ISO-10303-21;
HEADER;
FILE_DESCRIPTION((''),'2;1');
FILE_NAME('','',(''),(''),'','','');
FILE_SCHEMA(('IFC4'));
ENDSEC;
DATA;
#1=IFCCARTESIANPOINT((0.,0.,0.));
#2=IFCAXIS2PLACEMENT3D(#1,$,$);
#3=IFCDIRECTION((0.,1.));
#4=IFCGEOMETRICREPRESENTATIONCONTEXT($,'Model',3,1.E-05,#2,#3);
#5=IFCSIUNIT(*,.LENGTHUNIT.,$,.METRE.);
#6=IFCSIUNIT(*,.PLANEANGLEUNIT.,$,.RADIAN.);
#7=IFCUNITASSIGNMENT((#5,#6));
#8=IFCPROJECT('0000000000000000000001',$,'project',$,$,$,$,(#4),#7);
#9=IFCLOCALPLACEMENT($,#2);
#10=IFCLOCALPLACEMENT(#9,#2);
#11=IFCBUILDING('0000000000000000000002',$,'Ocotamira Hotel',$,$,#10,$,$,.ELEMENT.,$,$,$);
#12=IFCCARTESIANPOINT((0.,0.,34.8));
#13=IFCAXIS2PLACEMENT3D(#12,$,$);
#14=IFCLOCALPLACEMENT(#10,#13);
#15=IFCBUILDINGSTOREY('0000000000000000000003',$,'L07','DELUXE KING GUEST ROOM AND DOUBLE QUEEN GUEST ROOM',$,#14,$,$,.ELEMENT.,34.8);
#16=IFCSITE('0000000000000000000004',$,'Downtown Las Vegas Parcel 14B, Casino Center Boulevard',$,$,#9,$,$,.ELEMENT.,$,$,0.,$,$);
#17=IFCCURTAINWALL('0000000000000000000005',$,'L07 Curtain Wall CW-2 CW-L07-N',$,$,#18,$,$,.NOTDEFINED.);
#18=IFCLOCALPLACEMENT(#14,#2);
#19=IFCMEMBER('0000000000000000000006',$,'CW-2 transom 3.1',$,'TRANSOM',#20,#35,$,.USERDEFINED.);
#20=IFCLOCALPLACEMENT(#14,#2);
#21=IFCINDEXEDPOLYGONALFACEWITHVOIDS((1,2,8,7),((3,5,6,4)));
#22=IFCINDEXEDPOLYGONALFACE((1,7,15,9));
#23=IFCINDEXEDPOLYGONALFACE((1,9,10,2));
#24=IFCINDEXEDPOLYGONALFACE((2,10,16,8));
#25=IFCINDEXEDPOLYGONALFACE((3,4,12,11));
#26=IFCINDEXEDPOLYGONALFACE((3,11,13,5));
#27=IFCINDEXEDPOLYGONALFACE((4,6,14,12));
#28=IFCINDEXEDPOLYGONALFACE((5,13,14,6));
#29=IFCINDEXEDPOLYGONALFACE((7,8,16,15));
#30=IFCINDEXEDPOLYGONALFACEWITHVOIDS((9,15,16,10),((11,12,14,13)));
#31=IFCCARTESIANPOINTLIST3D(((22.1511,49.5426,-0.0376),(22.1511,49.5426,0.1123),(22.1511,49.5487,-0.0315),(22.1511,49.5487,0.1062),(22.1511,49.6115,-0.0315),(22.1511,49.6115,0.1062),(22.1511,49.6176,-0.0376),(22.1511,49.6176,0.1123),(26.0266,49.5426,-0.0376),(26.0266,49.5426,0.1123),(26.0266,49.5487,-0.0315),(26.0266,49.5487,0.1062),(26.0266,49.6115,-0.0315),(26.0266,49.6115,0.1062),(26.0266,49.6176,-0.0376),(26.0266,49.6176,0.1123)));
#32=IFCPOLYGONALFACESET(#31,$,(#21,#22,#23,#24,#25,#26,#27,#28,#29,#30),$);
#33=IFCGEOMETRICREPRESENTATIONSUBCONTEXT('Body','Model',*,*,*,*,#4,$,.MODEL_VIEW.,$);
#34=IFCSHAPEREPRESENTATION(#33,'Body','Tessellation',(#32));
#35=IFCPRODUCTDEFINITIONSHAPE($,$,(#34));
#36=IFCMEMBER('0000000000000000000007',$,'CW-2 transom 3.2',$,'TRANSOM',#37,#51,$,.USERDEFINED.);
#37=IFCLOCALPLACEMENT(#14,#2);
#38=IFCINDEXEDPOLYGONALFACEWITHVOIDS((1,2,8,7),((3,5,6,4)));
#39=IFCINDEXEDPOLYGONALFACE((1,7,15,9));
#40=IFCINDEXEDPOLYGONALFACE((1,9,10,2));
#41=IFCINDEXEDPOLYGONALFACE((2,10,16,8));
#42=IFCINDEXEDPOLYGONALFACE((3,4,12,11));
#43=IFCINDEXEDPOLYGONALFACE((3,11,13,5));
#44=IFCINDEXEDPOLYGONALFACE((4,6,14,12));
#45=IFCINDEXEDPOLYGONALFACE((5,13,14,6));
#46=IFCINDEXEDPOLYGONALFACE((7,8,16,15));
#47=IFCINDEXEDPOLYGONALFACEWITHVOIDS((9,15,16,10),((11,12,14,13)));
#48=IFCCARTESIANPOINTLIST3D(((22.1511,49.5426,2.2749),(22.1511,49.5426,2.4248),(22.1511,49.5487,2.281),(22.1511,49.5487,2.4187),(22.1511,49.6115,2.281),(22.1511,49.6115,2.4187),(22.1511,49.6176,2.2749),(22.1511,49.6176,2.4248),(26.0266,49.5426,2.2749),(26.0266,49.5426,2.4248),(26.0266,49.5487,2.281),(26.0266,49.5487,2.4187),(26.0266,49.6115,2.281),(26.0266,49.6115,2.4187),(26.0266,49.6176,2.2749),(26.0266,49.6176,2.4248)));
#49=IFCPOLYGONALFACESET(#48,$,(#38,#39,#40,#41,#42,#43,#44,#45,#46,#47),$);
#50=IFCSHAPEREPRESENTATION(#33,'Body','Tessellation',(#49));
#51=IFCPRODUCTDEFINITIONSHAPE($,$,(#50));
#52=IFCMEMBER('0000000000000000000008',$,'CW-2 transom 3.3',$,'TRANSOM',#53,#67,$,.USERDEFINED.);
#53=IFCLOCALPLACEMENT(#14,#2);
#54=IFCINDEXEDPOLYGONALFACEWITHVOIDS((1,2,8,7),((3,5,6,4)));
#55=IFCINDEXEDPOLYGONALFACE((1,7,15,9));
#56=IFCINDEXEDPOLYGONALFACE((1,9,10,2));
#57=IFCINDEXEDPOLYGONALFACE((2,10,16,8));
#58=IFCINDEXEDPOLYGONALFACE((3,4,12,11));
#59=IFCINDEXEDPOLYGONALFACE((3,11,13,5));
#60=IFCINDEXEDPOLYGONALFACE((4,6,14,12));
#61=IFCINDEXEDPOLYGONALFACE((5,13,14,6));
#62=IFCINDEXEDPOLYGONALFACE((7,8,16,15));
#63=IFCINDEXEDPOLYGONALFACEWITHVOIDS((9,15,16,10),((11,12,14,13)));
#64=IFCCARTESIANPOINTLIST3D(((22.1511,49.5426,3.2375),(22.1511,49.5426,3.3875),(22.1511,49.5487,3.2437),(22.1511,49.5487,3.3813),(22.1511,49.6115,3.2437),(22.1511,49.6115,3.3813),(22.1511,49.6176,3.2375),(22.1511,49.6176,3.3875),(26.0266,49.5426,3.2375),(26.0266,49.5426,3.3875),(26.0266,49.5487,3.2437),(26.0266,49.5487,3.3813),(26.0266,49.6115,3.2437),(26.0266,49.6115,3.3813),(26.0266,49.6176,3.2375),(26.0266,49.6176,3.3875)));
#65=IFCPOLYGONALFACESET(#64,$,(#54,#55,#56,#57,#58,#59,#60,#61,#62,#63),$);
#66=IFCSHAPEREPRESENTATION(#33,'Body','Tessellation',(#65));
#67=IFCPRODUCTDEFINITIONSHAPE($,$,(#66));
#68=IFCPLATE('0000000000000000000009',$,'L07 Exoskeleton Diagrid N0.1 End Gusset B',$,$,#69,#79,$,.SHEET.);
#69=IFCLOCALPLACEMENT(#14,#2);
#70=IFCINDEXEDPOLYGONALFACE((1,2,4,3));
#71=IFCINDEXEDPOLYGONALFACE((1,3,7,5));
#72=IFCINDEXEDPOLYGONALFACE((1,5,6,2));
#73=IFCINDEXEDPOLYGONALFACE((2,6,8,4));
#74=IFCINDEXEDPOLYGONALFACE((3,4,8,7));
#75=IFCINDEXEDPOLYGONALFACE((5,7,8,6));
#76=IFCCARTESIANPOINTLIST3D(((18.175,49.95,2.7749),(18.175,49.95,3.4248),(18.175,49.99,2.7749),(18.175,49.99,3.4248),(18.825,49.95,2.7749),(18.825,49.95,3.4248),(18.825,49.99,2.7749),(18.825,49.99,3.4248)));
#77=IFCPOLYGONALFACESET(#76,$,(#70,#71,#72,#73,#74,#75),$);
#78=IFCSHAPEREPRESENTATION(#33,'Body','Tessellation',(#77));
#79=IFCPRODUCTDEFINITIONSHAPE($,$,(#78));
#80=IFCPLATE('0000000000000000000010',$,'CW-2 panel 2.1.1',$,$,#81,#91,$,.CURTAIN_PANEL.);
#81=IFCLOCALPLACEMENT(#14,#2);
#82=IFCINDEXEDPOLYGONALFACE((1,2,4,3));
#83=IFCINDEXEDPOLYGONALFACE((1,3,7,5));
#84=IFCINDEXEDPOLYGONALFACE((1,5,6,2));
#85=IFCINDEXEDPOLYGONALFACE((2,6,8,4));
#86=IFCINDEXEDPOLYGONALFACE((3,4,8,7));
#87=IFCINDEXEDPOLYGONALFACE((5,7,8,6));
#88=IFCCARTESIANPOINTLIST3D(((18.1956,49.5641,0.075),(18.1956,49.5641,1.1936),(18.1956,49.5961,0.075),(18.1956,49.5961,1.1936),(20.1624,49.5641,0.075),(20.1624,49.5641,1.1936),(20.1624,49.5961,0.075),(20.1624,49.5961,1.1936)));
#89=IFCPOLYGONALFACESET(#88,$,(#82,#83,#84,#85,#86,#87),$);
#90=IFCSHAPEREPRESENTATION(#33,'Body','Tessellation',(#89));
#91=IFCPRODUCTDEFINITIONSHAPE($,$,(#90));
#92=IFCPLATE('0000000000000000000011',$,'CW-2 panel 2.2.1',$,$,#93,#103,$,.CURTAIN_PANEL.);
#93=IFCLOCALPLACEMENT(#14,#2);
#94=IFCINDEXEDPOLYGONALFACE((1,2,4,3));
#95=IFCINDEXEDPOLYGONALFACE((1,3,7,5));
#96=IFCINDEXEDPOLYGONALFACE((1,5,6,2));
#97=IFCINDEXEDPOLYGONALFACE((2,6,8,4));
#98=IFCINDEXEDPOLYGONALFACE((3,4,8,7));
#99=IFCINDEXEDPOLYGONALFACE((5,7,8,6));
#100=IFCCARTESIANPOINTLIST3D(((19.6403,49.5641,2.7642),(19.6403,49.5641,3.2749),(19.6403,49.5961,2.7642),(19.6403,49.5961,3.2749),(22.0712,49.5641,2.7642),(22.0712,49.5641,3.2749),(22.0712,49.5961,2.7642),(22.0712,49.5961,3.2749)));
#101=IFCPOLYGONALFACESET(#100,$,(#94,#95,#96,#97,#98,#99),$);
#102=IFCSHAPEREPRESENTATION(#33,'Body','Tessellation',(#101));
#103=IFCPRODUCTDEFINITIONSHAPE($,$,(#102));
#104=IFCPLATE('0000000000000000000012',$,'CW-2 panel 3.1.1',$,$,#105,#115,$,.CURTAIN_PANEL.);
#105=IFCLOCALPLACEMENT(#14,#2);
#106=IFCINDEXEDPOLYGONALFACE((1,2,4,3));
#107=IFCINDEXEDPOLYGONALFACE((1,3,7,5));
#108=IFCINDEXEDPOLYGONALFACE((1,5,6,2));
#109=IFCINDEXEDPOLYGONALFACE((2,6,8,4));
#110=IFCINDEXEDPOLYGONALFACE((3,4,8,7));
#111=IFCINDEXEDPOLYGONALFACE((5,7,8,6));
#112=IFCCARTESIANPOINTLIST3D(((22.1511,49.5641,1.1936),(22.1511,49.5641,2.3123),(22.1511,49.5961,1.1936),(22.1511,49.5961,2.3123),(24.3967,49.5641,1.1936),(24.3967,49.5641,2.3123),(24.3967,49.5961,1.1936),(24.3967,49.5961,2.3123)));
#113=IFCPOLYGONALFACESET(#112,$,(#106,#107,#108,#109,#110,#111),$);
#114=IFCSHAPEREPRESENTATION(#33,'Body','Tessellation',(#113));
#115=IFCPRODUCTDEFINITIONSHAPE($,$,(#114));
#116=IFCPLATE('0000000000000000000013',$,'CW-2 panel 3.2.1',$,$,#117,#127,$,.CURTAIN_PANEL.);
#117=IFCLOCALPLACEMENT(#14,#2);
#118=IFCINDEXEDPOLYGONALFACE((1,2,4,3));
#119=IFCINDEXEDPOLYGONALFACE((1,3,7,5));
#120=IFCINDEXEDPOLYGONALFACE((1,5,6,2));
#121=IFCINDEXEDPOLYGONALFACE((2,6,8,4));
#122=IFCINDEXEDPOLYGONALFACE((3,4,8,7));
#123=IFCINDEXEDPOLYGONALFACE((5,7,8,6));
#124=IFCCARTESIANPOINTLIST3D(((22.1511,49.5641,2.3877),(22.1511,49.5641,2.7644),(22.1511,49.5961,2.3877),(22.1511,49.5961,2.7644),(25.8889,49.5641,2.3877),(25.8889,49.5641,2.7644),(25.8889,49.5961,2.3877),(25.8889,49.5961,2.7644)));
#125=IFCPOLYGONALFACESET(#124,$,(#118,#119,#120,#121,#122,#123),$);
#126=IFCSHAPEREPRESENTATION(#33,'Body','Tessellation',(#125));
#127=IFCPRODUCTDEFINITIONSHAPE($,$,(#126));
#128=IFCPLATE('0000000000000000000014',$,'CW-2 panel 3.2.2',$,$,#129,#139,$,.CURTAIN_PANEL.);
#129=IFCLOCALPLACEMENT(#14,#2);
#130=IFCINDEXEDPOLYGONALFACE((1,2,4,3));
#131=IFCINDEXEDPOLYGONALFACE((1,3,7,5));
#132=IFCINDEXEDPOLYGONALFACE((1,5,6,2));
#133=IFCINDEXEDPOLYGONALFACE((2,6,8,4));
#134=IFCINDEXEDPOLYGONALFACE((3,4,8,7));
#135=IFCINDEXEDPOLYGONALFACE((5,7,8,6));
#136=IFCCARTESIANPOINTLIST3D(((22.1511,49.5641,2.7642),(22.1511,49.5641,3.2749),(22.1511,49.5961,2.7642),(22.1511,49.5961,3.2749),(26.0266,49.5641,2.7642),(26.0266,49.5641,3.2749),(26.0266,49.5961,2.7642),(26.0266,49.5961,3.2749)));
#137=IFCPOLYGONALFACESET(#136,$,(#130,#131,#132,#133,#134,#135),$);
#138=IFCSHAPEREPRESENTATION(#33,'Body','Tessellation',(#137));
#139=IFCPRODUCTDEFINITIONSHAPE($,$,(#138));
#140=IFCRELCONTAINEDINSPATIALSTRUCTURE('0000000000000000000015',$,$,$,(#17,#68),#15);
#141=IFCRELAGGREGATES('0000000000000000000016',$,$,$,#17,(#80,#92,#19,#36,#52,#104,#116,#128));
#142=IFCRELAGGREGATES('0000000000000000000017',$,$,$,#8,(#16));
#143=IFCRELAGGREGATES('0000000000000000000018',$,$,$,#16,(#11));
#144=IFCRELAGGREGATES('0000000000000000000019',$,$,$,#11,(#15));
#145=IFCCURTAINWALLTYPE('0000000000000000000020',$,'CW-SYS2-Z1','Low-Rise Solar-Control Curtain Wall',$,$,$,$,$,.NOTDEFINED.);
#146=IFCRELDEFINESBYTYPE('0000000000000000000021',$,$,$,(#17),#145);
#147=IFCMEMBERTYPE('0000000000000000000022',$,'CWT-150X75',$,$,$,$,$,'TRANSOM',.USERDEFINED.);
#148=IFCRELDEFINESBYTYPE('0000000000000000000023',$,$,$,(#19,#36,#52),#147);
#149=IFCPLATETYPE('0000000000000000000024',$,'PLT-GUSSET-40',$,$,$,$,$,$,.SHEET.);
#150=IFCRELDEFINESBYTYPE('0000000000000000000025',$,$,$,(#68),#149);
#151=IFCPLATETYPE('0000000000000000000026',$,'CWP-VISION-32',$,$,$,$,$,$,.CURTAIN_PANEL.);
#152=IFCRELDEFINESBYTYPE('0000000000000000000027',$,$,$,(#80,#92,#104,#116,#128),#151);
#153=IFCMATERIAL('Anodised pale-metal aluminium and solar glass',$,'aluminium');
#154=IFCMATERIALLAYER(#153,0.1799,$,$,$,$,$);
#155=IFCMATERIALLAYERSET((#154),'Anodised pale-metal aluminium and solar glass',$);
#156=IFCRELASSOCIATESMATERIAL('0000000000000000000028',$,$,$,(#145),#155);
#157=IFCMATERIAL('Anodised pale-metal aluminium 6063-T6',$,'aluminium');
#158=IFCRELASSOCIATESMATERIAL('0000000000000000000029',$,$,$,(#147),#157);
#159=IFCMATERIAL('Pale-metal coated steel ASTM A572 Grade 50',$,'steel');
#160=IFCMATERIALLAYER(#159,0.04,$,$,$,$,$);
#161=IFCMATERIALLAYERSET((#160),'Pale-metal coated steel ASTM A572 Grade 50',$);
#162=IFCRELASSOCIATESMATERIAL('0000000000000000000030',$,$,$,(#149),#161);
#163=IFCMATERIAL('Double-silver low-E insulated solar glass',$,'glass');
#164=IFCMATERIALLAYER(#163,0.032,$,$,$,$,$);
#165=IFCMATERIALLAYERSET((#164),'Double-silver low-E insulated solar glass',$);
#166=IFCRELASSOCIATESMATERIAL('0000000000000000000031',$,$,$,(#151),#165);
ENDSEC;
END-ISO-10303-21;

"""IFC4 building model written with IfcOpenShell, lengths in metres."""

from ifc_helpers import new_model, si_unit, direction, frame, origin, origin_2d, place, context, subcontext, project, spatial, rectangle, hollow_rectangle, extrude, source, transform, mapped, material, layer, layer_set, material_profile, profile_set, type_object, element, aggregate, save


model = new_model("IFC4")

# Units and contexts
model_context = context("Model", 3, precision=1e-05, world=origin(), true_north=direction((0.0, 1.0)))
body_context = subcontext(model_context, "Body", "Model", "MODEL_VIEW")
ifc_project = project(units=[si_unit("LENGTHUNIT", "METRE"), si_unit("PLANEANGLEUNIT", "RADIAN")], contexts=[model_context])

# Site, building, storey
site_placement = place(None, origin())
site = spatial("IfcSite", under=ifc_project, at=site_placement, Name="Downtown Las Vegas Parcel 14B, Casino Center Boulevard", CompositionType="ELEMENT", RefElevation=0.0)
building_placement = place(site_placement, origin())
building = spatial("IfcBuilding", under=site, at=building_placement, Name="Ocotamira Hotel", CompositionType="ELEMENT")
storey_placement = place(building_placement, frame((0.0, 0.0, 34.8)))
storey = spatial("IfcBuildingStorey", under=building, at=storey_placement, Name="L07", Description="DELUXE KING GUEST ROOM AND DOUBLE QUEEN GUEST ROOM", CompositionType="ELEMENT", Elevation=34.8)

# Curtain wall, members
ifc_material_1 = material(Name="Anodised pale-metal aluminium and solar glass", Category="aluminium")
ifc_layer_1 = layer(ifc_material_1, 0.1799)
ifc_layer_set_1 = layer_set([ifc_layer_1], Name="Anodised pale-metal aluminium and solar glass")
curtain_wall_type = type_object("IfcCurtainWallType", Name="CW-SYS2-Z1", Description="Low-Rise Solar-Control Curtain Wall", PredefinedType="NOTDEFINED", material=ifc_layer_set_1)
curtain_wall_placement = place(storey_placement, origin())
curtain_wall = element("IfcCurtainWall", 1, at=curtain_wall_placement, inside=storey, type_object=curtain_wall_type, Name="L07 Curtain Wall CW-2 CW-L07-N", PredefinedType="NOTDEFINED")
ifc_material_2 = material(Name="Anodised pale-metal aluminium 6063-T6", Category="aluminium")
ifc_material_profile_1 = material_profile(ifc_material_2, hollow_rectangle(XDim=0.075, YDim=0.1499, WallThickness=0.0061, at=origin_2d()), Name="HSS150X75X6")
ifc_profile_set_1 = profile_set([ifc_material_profile_1], Name="Anodised pale-metal aluminium 6063-T6")
member_type_1 = type_object("IfcMemberType", Name="CWT-150X75", ElementType="TRANSOM", PredefinedType="USERDEFINED", material=ifc_profile_set_1)
shared_shape_1 = source(origin(), body_context, "Body", "SweptSolid", [
    extrude(hollow_rectangle(XDim=0.075, YDim=0.1499, WallThickness=0.0061, at=origin_2d()), origin(), (0.0, 0.0, 1.0), 3.8755),
])
member_1_placement = place(storey_placement, frame((22.1511, 49.5801, 0.0374), z_axis=(1.0, 0.0, 0.0), x_axis=(0.0, 1.0, 0.0)))
member_1 = element("IfcMember", 2, at=member_1_placement, type_object=member_type_1, Name="CW-2 transom 3.1", ObjectType="TRANSOM", PredefinedType="USERDEFINED", context=body_context, shape_type="MappedRepresentation", body=[
    mapped(shared_shape_1, transform((0.0, 0.0, 0.0), scale=1.0)),
])
member_2_placement = place(storey_placement, frame((22.1511, 49.5801, 2.3499), z_axis=(1.0, 0.0, 0.0), x_axis=(0.0, 1.0, 0.0)))
member_2 = element("IfcMember", 3, at=member_2_placement, type_object=member_type_1, Name="CW-2 transom 3.2", ObjectType="TRANSOM", PredefinedType="USERDEFINED", context=body_context, shape_type="MappedRepresentation", body=[
    mapped(shared_shape_1, transform((0.0, 0.0, 0.0), scale=1.0)),
])
member_3_placement = place(storey_placement, frame((22.1511, 49.5801, 3.3125), z_axis=(1.0, 0.0, 0.0), x_axis=(0.0, 1.0, 0.0)))
member_3 = element("IfcMember", 4, at=member_3_placement, type_object=member_type_1, Name="CW-2 transom 3.3", ObjectType="TRANSOM", PredefinedType="USERDEFINED", context=body_context, shape_type="MappedRepresentation", body=[
    mapped(shared_shape_1, transform((0.0, 0.0, 0.0), scale=1.0)),
])

# Plates
ifc_material_3 = material(Name="Pale-metal coated steel ASTM A572 Grade 50", Category="steel")
ifc_layer_2 = layer(ifc_material_3, 0.04)
ifc_layer_set_2 = layer_set([ifc_layer_2], Name="Pale-metal coated steel ASTM A572 Grade 50")
plate_type_1 = type_object("IfcPlateType", Name="PLT-GUSSET-40", PredefinedType="SHEET", material=ifc_layer_set_2)
shared_shape_2 = source(origin(), body_context, "Body", "SweptSolid", [
    extrude(rectangle(XDim=0.6499, YDim=0.04, at=origin_2d()), origin(), (0.0, 0.0, 1.0), 0.6499),
])
plate_1_placement = place(storey_placement, frame((18.5, 49.97, 2.7749), z_axis=(0.0, 0.0, 1.0), x_axis=(1.0, 0.0, 0.0)))
element("IfcPlate", 5, at=plate_1_placement, inside=storey, type_object=plate_type_1, Name="L07 Exoskeleton Diagrid N0.1 End Gusset B", PredefinedType="SHEET", context=body_context, shape_type="MappedRepresentation", body=[
    mapped(shared_shape_2, transform((0.0, 0.0, 0.0), scale=1.0)),
])
ifc_material_4 = material(Name="Double-silver low-E insulated solar glass", Category="glass")
ifc_layer_3 = layer(ifc_material_4, 0.032)
ifc_layer_set_3 = layer_set([ifc_layer_3], Name="Double-silver low-E insulated solar glass")
plate_type_2 = type_object("IfcPlateType", Name="CWP-VISION-32", PredefinedType="CURTAIN_PANEL", material=ifc_layer_set_3)
shared_shape_3 = source(origin(), body_context, "Body", "SweptSolid", [
    extrude(rectangle(XDim=1.9668, YDim=0.032, at=origin_2d()), origin(), (0.0, 0.0, 1.0), 1.1187),
])
plate_2_placement = place(storey_placement, frame((19.179, 49.5801, 0.075), z_axis=(0.0, 0.0, 1.0), x_axis=(1.0, 0.0, 0.0)))
plate_2 = element("IfcPlate", 6, at=plate_2_placement, type_object=plate_type_2, Name="CW-2 panel 2.1.1", PredefinedType="CURTAIN_PANEL", context=body_context, shape_type="MappedRepresentation", body=[
    mapped(shared_shape_3, transform((0.0, 0.0, 0.0), scale=1.0)),
])
shared_shape_4 = source(origin(), body_context, "Body", "SweptSolid", [
    extrude(rectangle(XDim=2.4309, YDim=0.032, at=origin_2d()), origin(), (0.0, 0.0, 1.0), 0.5107),
])
plate_3_placement = place(storey_placement, frame((20.8557, 49.5801, 2.7642), z_axis=(0.0, 0.0, 1.0), x_axis=(1.0, 0.0, 0.0)))
plate_3 = element("IfcPlate", 7, at=plate_3_placement, type_object=plate_type_2, Name="CW-2 panel 2.2.1", PredefinedType="CURTAIN_PANEL", context=body_context, shape_type="MappedRepresentation", body=[
    mapped(shared_shape_4, transform((0.0, 0.0, 0.0), scale=1.0)),
])
shared_shape_5 = source(origin(), body_context, "Body", "SweptSolid", [
    extrude(rectangle(XDim=2.2456, YDim=0.032, at=origin_2d()), origin(), (0.0, 0.0, 1.0), 1.1187),
])
plate_4_placement = place(storey_placement, frame((23.2739, 49.5801, 1.1936), z_axis=(0.0, 0.0, 1.0), x_axis=(1.0, 0.0, 0.0)))
plate_4 = element("IfcPlate", 8, at=plate_4_placement, type_object=plate_type_2, Name="CW-2 panel 3.1.1", PredefinedType="CURTAIN_PANEL", context=body_context, shape_type="MappedRepresentation", body=[
    mapped(shared_shape_5, transform((0.0, 0.0, 0.0), scale=1.0)),
])
shared_shape_6 = source(origin(), body_context, "Body", "SweptSolid", [
    extrude(rectangle(XDim=3.7378, YDim=0.032, at=origin_2d()), origin(), (0.0, 0.0, 1.0), 0.3767),
])
plate_5_placement = place(storey_placement, frame((24.02, 49.5801, 2.3877), z_axis=(0.0, 0.0, 1.0), x_axis=(1.0, 0.0, 0.0)))
plate_5 = element("IfcPlate", 9, at=plate_5_placement, type_object=plate_type_2, Name="CW-2 panel 3.2.1", PredefinedType="CURTAIN_PANEL", context=body_context, shape_type="MappedRepresentation", body=[
    mapped(shared_shape_6, transform((0.0, 0.0, 0.0), scale=1.0)),
])
shared_shape_7 = source(origin(), body_context, "Body", "SweptSolid", [
    extrude(rectangle(XDim=3.8755, YDim=0.032, at=origin_2d()), origin(), (0.0, 0.0, 1.0), 0.5107),
])
plate_6_placement = place(storey_placement, frame((24.0889, 49.5801, 2.7642), z_axis=(0.0, 0.0, 1.0), x_axis=(1.0, 0.0, 0.0)))
plate_6 = element("IfcPlate", 10, at=plate_6_placement, type_object=plate_type_2, Name="CW-2 panel 3.2.2", PredefinedType="CURTAIN_PANEL", context=body_context, shape_type="MappedRepresentation", body=[
    mapped(shared_shape_7, transform((0.0, 0.0, 0.0), scale=1.0)),
])
aggregate(curtain_wall, [plate_2, plate_3, member_1, member_2, member_3, plate_4, plate_5, plate_6])

save(model, "model.ifc")
